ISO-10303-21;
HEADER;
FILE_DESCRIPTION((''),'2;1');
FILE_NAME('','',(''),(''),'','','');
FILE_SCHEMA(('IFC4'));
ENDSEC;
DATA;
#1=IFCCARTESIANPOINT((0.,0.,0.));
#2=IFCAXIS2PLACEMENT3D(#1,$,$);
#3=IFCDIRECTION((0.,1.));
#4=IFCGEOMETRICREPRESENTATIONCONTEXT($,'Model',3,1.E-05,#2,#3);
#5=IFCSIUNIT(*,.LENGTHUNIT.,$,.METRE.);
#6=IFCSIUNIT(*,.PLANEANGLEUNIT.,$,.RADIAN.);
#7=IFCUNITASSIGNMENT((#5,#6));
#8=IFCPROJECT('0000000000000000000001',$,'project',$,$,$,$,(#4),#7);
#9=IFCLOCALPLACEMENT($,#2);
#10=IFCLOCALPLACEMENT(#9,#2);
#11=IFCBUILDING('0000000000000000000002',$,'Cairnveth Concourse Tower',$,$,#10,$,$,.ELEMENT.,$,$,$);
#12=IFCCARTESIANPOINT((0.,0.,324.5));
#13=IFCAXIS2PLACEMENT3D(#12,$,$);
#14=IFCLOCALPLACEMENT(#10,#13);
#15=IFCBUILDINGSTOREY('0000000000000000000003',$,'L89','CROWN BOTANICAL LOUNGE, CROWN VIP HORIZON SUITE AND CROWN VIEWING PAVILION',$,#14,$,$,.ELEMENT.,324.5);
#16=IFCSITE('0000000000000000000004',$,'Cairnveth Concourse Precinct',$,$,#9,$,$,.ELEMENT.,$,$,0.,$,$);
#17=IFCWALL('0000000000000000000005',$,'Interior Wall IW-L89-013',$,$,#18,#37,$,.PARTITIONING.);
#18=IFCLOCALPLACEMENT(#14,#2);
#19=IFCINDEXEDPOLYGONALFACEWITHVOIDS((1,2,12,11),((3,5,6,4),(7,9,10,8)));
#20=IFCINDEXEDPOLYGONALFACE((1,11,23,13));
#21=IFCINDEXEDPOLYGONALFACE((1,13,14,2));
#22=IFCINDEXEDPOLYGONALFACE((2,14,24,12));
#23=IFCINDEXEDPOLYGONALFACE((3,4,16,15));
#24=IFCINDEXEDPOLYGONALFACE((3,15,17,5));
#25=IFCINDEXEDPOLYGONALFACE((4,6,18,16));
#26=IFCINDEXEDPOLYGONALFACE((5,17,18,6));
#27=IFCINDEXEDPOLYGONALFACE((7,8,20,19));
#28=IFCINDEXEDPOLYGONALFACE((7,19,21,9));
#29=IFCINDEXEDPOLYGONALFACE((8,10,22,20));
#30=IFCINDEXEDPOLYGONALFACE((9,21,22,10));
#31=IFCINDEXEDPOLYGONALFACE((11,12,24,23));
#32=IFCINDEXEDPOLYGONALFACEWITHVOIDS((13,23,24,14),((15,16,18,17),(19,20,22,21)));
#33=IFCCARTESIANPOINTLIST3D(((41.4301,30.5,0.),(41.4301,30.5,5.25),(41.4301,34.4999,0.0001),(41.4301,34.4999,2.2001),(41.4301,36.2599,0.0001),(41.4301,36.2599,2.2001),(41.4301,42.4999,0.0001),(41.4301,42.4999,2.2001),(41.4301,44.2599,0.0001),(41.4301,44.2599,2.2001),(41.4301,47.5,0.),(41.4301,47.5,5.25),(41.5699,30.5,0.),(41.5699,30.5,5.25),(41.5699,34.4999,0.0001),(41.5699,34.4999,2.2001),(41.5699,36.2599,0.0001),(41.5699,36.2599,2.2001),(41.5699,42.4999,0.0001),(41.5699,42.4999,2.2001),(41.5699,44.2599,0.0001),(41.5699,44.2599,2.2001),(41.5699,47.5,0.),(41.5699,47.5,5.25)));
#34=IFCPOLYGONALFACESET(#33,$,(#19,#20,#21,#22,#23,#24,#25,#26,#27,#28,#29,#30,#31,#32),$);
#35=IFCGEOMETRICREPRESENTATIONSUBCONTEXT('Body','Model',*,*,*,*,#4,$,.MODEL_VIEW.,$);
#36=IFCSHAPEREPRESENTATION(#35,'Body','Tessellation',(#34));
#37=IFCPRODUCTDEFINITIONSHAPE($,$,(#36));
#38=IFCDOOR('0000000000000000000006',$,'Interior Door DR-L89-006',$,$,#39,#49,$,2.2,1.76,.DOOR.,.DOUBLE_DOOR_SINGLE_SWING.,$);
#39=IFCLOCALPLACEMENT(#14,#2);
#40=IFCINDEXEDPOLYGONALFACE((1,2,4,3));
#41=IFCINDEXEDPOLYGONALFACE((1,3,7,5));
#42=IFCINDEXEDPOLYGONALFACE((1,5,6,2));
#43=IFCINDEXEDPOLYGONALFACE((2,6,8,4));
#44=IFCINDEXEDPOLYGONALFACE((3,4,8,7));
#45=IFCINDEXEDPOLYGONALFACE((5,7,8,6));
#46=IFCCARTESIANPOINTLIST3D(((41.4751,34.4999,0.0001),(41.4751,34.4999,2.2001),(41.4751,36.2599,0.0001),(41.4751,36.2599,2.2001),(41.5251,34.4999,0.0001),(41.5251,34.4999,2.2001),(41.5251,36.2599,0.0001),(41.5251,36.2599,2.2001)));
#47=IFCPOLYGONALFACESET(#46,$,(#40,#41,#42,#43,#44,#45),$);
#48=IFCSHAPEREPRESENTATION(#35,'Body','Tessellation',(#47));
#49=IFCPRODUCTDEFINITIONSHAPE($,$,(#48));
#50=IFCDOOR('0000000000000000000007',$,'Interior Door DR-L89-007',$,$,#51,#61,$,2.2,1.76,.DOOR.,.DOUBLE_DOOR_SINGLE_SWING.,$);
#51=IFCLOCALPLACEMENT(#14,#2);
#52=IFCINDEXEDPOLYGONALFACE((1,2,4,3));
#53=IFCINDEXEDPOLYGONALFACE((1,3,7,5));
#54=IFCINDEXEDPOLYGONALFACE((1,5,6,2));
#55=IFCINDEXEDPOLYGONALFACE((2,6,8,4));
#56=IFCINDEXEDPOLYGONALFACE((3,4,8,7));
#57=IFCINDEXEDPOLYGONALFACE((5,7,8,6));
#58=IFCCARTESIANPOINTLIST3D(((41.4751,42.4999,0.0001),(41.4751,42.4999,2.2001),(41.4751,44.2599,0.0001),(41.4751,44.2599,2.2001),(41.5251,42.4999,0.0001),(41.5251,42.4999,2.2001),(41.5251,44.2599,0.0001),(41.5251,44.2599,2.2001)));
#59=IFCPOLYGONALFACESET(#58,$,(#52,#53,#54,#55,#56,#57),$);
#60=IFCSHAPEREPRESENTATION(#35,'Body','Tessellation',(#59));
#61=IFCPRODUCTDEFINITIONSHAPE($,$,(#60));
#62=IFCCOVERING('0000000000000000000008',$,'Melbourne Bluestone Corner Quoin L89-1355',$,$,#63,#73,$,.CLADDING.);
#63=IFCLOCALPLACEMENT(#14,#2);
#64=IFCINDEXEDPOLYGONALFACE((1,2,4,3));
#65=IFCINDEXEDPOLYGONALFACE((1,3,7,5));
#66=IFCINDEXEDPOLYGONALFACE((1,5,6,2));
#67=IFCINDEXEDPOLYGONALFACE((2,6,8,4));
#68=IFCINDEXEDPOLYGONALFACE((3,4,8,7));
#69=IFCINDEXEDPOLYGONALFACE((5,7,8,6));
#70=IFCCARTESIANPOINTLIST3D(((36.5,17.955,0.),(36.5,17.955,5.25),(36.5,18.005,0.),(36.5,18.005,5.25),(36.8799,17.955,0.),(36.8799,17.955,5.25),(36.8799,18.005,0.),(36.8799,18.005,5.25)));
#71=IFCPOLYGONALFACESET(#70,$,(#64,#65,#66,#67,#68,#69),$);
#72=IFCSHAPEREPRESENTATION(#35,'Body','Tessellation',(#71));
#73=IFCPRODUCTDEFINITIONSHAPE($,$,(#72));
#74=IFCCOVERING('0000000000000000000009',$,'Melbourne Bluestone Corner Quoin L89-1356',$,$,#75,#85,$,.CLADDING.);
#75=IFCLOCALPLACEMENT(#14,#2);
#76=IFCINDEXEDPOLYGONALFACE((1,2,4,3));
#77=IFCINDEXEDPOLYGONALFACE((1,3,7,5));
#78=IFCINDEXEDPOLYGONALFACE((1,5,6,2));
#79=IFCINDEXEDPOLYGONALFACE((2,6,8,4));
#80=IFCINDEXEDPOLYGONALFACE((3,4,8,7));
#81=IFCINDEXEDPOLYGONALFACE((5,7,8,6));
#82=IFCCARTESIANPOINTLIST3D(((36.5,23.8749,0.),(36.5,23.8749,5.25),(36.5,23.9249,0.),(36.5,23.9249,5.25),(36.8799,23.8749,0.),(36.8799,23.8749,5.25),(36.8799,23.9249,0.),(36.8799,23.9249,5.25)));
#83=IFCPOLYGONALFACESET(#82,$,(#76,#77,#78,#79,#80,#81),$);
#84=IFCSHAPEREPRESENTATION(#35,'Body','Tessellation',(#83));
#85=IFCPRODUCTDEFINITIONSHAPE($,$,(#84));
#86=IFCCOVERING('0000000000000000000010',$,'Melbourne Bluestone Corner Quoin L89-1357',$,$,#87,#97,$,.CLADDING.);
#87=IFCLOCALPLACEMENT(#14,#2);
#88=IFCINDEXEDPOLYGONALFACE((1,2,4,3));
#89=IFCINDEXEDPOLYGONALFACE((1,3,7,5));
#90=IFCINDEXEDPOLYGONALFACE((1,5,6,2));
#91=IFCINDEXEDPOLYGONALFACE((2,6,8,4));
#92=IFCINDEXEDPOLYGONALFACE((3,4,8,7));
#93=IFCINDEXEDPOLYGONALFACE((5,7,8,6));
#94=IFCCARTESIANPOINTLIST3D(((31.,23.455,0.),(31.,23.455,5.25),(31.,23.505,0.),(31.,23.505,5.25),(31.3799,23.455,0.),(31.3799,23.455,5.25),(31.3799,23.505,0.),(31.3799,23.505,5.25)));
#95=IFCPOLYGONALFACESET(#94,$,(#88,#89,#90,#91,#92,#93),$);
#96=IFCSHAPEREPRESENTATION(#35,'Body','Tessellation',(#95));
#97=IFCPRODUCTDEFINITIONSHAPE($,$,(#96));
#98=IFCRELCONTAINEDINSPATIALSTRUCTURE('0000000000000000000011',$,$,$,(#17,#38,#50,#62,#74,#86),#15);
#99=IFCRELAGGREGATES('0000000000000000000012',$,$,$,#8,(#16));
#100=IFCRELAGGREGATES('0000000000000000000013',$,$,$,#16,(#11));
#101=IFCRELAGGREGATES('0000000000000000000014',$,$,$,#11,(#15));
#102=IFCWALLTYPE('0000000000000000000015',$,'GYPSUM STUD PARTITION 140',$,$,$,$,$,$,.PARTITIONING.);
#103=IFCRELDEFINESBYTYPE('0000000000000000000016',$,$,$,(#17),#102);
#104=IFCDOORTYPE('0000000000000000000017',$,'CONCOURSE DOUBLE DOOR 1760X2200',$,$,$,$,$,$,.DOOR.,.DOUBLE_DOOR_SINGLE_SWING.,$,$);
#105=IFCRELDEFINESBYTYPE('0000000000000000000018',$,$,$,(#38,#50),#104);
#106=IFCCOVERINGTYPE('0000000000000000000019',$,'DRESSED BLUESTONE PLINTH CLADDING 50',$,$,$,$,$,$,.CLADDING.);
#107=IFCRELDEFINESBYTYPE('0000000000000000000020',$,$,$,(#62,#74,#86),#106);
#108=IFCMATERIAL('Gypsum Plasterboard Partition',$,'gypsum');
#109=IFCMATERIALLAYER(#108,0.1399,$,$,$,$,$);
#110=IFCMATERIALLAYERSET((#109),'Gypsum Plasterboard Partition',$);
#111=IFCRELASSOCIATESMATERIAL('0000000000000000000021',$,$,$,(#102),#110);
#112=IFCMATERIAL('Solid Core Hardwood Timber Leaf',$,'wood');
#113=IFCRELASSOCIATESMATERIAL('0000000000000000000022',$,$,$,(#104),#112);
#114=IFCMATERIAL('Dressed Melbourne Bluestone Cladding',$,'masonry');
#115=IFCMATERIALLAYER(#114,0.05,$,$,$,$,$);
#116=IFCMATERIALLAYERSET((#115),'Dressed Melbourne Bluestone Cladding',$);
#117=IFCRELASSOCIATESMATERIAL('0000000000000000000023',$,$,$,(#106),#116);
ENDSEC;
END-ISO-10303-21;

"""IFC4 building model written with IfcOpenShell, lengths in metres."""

from ifc_helpers import new_model, si_unit, direction, frame, frame_2d, origin, place, context, subcontext, project, spatial, rectangle, extrude, material, layer, layer_set, type_object, element, fill, save


model = new_model("IFC4")

# Units and contexts
model_context = context("Model", 3, precision=1e-05, world=origin(), true_north=direction((0.0, 1.0)))
body_context = subcontext(model_context, "Body", "Model", "MODEL_VIEW")
ifc_project = project(units=[si_unit("LENGTHUNIT", "METRE"), si_unit("PLANEANGLEUNIT", "RADIAN")], contexts=[model_context])

# Site, building, storey
site_placement = place(None, origin())
site = spatial("IfcSite", under=ifc_project, at=site_placement, Name="Cairnveth Concourse Precinct", CompositionType="ELEMENT", RefElevation=0.0)
building_placement = place(site_placement, origin())
building = spatial("IfcBuilding", under=site, at=building_placement, Name="Cairnveth Concourse Tower", CompositionType="ELEMENT")
storey_placement = place(building_placement, frame((0.0, 0.0, 324.5)))
storey = spatial("IfcBuildingStorey", under=building, at=storey_placement, Name="L89", Description="CROWN BOTANICAL LOUNGE, CROWN VIP HORIZON SUITE AND CROWN VIEWING PAVILION", CompositionType="ELEMENT", Elevation=324.5)

# Wall, openings, doors
ifc_material_1 = material(Name="Gypsum Plasterboard Partition", Category="gypsum")
ifc_layer_1 = layer(ifc_material_1, 0.1399)
ifc_layer_set_1 = layer_set([ifc_layer_1], Name="Gypsum Plasterboard Partition")
wall_type_1 = type_object("IfcWallType", Name="GYPSUM STUD PARTITION 140", PredefinedType="PARTITIONING", material=ifc_layer_set_1)
wall_1_placement = place(storey_placement, frame((41.5, 30.5, 0.0), z_axis=(0.0, 0.0, 1.0), x_axis=(0.0, 1.0, 0.0)))
wall_1 = element("IfcWall", 1, at=wall_1_placement, inside=storey, type_object=wall_type_1, Name="Interior Wall IW-L89-013", PredefinedType="PARTITIONING", context=body_context, shape_type="SweptSolid", body=[
    extrude(rectangle(XDim=17.0, YDim=0.1399, at=frame_2d((8.5, 0.0))), origin(), (0.0, 0.0, 1.0), 5.25),
])
opening_1_placement = place(wall_1_placement, frame((4.0, 0.0, 0.0)))
opening_1 = element("IfcOpeningElement", 2, at=opening_1_placement, cuts=wall_1, PredefinedType="OPENING", context=body_context, shape_type="SweptSolid", body=[
    extrude(rectangle(XDim=1.76, YDim=2.2, at=frame_2d((0.8799, 1.1001))), frame((0.0, 0.0798, 0.0), z_axis=(0.0, -1.0, 0.0), x_axis=(1.0, 0.0, 0.0)), (0.0, 0.0, 1.0), 0.1599),
])
opening_2_placement = place(wall_1_placement, frame((12.0, 0.0, 0.0)))
opening_2 = element("IfcOpeningElement", 3, at=opening_2_placement, cuts=wall_1, PredefinedType="OPENING", context=body_context, shape_type="SweptSolid", body=[
    extrude(rectangle(XDim=1.76, YDim=2.2, at=frame_2d((0.8799, 1.1001))), frame((0.0, 0.0798, 0.0), z_axis=(0.0, -1.0, 0.0), x_axis=(1.0, 0.0, 0.0)), (0.0, 0.0, 1.0), 0.1599),
])
ifc_material_2 = material(Name="Solid Core Hardwood Timber Leaf", Category="wood")
door_type = type_object("IfcDoorType", Name="CONCOURSE DOUBLE DOOR 1760X2200", OperationType="DOUBLE_DOOR_SINGLE_SWING", PredefinedType="DOOR", material=ifc_material_2)
door_1_placement = place(opening_1_placement, origin())
door_1 = element("IfcDoor", 4, at=door_1_placement, inside=storey, type_object=door_type, Name="Interior Door DR-L89-006", OperationType="DOUBLE_DOOR_SINGLE_SWING", OverallHeight=2.2, OverallWidth=1.76, PredefinedType="DOOR", context=body_context, shape_type="SweptSolid", body=[
    extrude(rectangle(XDim=1.76, YDim=2.2, at=frame_2d((0.8799, 1.1001))), frame((0.0, 0.0249, 0.0), z_axis=(0.0, -1.0, 0.0), x_axis=(1.0, 0.0, 0.0)), (0.0, 0.0, 1.0), 0.05),
])
fill(opening_1, door_1)
door_2_placement = place(opening_2_placement, origin())
door_2 = element("IfcDoor", 5, at=door_2_placement, inside=storey, type_object=door_type, Name="Interior Door DR-L89-007", OperationType="DOUBLE_DOOR_SINGLE_SWING", OverallHeight=2.2, OverallWidth=1.76, PredefinedType="DOOR", context=body_context, shape_type="SweptSolid", body=[
    extrude(rectangle(XDim=1.76, YDim=2.2, at=frame_2d((0.8799, 1.1001))), frame((0.0, 0.0249, 0.0), z_axis=(0.0, -1.0, 0.0), x_axis=(1.0, 0.0, 0.0)), (0.0, 0.0, 1.0), 0.05),
])
fill(opening_2, door_2)

# Coverings
ifc_material_3 = material(Name="Dressed Melbourne Bluestone Cladding", Category="masonry")
ifc_layer_2 = layer(ifc_material_3, 0.05)
ifc_layer_set_2 = layer_set([ifc_layer_2], Name="Dressed Melbourne Bluestone Cladding")
covering_type = type_object("IfcCoveringType", Name="DRESSED BLUESTONE PLINTH CLADDING 50", PredefinedType="CLADDING", material=ifc_layer_set_2)
for number, where, z_axis, x_axis, name in (
    (6, (36.8799, 17.98, 0.0), (0.0, 0.0, 1.0), (-1.0, 0.0, 0.0), "Melbourne Bluestone Corner Quoin L89-1355"),
    (7, (36.8799, 23.8999, 0.0), (0.0, 0.0, 1.0), (-1.0, 0.0, 0.0), "Melbourne Bluestone Corner Quoin L89-1356"),
    (8, (31.3799, 23.48, 0.0), (0.0, 0.0, 1.0), (-1.0, 0.0, 0.0), "Melbourne Bluestone Corner Quoin L89-1357"),
):
    element("IfcCovering", number, at=place(storey_placement, frame(where, z_axis=z_axis, x_axis=x_axis)), inside=storey, type_object=covering_type, Name=name, PredefinedType="CLADDING", context=body_context, shape_type="SweptSolid", body=[
        extrude(rectangle(XDim=0.3799, YDim=0.05, at=frame_2d((0.1899, 0.0))), origin(), (0.0, 0.0, 1.0), 5.25),
    ])

save(model, "model.ifc")
